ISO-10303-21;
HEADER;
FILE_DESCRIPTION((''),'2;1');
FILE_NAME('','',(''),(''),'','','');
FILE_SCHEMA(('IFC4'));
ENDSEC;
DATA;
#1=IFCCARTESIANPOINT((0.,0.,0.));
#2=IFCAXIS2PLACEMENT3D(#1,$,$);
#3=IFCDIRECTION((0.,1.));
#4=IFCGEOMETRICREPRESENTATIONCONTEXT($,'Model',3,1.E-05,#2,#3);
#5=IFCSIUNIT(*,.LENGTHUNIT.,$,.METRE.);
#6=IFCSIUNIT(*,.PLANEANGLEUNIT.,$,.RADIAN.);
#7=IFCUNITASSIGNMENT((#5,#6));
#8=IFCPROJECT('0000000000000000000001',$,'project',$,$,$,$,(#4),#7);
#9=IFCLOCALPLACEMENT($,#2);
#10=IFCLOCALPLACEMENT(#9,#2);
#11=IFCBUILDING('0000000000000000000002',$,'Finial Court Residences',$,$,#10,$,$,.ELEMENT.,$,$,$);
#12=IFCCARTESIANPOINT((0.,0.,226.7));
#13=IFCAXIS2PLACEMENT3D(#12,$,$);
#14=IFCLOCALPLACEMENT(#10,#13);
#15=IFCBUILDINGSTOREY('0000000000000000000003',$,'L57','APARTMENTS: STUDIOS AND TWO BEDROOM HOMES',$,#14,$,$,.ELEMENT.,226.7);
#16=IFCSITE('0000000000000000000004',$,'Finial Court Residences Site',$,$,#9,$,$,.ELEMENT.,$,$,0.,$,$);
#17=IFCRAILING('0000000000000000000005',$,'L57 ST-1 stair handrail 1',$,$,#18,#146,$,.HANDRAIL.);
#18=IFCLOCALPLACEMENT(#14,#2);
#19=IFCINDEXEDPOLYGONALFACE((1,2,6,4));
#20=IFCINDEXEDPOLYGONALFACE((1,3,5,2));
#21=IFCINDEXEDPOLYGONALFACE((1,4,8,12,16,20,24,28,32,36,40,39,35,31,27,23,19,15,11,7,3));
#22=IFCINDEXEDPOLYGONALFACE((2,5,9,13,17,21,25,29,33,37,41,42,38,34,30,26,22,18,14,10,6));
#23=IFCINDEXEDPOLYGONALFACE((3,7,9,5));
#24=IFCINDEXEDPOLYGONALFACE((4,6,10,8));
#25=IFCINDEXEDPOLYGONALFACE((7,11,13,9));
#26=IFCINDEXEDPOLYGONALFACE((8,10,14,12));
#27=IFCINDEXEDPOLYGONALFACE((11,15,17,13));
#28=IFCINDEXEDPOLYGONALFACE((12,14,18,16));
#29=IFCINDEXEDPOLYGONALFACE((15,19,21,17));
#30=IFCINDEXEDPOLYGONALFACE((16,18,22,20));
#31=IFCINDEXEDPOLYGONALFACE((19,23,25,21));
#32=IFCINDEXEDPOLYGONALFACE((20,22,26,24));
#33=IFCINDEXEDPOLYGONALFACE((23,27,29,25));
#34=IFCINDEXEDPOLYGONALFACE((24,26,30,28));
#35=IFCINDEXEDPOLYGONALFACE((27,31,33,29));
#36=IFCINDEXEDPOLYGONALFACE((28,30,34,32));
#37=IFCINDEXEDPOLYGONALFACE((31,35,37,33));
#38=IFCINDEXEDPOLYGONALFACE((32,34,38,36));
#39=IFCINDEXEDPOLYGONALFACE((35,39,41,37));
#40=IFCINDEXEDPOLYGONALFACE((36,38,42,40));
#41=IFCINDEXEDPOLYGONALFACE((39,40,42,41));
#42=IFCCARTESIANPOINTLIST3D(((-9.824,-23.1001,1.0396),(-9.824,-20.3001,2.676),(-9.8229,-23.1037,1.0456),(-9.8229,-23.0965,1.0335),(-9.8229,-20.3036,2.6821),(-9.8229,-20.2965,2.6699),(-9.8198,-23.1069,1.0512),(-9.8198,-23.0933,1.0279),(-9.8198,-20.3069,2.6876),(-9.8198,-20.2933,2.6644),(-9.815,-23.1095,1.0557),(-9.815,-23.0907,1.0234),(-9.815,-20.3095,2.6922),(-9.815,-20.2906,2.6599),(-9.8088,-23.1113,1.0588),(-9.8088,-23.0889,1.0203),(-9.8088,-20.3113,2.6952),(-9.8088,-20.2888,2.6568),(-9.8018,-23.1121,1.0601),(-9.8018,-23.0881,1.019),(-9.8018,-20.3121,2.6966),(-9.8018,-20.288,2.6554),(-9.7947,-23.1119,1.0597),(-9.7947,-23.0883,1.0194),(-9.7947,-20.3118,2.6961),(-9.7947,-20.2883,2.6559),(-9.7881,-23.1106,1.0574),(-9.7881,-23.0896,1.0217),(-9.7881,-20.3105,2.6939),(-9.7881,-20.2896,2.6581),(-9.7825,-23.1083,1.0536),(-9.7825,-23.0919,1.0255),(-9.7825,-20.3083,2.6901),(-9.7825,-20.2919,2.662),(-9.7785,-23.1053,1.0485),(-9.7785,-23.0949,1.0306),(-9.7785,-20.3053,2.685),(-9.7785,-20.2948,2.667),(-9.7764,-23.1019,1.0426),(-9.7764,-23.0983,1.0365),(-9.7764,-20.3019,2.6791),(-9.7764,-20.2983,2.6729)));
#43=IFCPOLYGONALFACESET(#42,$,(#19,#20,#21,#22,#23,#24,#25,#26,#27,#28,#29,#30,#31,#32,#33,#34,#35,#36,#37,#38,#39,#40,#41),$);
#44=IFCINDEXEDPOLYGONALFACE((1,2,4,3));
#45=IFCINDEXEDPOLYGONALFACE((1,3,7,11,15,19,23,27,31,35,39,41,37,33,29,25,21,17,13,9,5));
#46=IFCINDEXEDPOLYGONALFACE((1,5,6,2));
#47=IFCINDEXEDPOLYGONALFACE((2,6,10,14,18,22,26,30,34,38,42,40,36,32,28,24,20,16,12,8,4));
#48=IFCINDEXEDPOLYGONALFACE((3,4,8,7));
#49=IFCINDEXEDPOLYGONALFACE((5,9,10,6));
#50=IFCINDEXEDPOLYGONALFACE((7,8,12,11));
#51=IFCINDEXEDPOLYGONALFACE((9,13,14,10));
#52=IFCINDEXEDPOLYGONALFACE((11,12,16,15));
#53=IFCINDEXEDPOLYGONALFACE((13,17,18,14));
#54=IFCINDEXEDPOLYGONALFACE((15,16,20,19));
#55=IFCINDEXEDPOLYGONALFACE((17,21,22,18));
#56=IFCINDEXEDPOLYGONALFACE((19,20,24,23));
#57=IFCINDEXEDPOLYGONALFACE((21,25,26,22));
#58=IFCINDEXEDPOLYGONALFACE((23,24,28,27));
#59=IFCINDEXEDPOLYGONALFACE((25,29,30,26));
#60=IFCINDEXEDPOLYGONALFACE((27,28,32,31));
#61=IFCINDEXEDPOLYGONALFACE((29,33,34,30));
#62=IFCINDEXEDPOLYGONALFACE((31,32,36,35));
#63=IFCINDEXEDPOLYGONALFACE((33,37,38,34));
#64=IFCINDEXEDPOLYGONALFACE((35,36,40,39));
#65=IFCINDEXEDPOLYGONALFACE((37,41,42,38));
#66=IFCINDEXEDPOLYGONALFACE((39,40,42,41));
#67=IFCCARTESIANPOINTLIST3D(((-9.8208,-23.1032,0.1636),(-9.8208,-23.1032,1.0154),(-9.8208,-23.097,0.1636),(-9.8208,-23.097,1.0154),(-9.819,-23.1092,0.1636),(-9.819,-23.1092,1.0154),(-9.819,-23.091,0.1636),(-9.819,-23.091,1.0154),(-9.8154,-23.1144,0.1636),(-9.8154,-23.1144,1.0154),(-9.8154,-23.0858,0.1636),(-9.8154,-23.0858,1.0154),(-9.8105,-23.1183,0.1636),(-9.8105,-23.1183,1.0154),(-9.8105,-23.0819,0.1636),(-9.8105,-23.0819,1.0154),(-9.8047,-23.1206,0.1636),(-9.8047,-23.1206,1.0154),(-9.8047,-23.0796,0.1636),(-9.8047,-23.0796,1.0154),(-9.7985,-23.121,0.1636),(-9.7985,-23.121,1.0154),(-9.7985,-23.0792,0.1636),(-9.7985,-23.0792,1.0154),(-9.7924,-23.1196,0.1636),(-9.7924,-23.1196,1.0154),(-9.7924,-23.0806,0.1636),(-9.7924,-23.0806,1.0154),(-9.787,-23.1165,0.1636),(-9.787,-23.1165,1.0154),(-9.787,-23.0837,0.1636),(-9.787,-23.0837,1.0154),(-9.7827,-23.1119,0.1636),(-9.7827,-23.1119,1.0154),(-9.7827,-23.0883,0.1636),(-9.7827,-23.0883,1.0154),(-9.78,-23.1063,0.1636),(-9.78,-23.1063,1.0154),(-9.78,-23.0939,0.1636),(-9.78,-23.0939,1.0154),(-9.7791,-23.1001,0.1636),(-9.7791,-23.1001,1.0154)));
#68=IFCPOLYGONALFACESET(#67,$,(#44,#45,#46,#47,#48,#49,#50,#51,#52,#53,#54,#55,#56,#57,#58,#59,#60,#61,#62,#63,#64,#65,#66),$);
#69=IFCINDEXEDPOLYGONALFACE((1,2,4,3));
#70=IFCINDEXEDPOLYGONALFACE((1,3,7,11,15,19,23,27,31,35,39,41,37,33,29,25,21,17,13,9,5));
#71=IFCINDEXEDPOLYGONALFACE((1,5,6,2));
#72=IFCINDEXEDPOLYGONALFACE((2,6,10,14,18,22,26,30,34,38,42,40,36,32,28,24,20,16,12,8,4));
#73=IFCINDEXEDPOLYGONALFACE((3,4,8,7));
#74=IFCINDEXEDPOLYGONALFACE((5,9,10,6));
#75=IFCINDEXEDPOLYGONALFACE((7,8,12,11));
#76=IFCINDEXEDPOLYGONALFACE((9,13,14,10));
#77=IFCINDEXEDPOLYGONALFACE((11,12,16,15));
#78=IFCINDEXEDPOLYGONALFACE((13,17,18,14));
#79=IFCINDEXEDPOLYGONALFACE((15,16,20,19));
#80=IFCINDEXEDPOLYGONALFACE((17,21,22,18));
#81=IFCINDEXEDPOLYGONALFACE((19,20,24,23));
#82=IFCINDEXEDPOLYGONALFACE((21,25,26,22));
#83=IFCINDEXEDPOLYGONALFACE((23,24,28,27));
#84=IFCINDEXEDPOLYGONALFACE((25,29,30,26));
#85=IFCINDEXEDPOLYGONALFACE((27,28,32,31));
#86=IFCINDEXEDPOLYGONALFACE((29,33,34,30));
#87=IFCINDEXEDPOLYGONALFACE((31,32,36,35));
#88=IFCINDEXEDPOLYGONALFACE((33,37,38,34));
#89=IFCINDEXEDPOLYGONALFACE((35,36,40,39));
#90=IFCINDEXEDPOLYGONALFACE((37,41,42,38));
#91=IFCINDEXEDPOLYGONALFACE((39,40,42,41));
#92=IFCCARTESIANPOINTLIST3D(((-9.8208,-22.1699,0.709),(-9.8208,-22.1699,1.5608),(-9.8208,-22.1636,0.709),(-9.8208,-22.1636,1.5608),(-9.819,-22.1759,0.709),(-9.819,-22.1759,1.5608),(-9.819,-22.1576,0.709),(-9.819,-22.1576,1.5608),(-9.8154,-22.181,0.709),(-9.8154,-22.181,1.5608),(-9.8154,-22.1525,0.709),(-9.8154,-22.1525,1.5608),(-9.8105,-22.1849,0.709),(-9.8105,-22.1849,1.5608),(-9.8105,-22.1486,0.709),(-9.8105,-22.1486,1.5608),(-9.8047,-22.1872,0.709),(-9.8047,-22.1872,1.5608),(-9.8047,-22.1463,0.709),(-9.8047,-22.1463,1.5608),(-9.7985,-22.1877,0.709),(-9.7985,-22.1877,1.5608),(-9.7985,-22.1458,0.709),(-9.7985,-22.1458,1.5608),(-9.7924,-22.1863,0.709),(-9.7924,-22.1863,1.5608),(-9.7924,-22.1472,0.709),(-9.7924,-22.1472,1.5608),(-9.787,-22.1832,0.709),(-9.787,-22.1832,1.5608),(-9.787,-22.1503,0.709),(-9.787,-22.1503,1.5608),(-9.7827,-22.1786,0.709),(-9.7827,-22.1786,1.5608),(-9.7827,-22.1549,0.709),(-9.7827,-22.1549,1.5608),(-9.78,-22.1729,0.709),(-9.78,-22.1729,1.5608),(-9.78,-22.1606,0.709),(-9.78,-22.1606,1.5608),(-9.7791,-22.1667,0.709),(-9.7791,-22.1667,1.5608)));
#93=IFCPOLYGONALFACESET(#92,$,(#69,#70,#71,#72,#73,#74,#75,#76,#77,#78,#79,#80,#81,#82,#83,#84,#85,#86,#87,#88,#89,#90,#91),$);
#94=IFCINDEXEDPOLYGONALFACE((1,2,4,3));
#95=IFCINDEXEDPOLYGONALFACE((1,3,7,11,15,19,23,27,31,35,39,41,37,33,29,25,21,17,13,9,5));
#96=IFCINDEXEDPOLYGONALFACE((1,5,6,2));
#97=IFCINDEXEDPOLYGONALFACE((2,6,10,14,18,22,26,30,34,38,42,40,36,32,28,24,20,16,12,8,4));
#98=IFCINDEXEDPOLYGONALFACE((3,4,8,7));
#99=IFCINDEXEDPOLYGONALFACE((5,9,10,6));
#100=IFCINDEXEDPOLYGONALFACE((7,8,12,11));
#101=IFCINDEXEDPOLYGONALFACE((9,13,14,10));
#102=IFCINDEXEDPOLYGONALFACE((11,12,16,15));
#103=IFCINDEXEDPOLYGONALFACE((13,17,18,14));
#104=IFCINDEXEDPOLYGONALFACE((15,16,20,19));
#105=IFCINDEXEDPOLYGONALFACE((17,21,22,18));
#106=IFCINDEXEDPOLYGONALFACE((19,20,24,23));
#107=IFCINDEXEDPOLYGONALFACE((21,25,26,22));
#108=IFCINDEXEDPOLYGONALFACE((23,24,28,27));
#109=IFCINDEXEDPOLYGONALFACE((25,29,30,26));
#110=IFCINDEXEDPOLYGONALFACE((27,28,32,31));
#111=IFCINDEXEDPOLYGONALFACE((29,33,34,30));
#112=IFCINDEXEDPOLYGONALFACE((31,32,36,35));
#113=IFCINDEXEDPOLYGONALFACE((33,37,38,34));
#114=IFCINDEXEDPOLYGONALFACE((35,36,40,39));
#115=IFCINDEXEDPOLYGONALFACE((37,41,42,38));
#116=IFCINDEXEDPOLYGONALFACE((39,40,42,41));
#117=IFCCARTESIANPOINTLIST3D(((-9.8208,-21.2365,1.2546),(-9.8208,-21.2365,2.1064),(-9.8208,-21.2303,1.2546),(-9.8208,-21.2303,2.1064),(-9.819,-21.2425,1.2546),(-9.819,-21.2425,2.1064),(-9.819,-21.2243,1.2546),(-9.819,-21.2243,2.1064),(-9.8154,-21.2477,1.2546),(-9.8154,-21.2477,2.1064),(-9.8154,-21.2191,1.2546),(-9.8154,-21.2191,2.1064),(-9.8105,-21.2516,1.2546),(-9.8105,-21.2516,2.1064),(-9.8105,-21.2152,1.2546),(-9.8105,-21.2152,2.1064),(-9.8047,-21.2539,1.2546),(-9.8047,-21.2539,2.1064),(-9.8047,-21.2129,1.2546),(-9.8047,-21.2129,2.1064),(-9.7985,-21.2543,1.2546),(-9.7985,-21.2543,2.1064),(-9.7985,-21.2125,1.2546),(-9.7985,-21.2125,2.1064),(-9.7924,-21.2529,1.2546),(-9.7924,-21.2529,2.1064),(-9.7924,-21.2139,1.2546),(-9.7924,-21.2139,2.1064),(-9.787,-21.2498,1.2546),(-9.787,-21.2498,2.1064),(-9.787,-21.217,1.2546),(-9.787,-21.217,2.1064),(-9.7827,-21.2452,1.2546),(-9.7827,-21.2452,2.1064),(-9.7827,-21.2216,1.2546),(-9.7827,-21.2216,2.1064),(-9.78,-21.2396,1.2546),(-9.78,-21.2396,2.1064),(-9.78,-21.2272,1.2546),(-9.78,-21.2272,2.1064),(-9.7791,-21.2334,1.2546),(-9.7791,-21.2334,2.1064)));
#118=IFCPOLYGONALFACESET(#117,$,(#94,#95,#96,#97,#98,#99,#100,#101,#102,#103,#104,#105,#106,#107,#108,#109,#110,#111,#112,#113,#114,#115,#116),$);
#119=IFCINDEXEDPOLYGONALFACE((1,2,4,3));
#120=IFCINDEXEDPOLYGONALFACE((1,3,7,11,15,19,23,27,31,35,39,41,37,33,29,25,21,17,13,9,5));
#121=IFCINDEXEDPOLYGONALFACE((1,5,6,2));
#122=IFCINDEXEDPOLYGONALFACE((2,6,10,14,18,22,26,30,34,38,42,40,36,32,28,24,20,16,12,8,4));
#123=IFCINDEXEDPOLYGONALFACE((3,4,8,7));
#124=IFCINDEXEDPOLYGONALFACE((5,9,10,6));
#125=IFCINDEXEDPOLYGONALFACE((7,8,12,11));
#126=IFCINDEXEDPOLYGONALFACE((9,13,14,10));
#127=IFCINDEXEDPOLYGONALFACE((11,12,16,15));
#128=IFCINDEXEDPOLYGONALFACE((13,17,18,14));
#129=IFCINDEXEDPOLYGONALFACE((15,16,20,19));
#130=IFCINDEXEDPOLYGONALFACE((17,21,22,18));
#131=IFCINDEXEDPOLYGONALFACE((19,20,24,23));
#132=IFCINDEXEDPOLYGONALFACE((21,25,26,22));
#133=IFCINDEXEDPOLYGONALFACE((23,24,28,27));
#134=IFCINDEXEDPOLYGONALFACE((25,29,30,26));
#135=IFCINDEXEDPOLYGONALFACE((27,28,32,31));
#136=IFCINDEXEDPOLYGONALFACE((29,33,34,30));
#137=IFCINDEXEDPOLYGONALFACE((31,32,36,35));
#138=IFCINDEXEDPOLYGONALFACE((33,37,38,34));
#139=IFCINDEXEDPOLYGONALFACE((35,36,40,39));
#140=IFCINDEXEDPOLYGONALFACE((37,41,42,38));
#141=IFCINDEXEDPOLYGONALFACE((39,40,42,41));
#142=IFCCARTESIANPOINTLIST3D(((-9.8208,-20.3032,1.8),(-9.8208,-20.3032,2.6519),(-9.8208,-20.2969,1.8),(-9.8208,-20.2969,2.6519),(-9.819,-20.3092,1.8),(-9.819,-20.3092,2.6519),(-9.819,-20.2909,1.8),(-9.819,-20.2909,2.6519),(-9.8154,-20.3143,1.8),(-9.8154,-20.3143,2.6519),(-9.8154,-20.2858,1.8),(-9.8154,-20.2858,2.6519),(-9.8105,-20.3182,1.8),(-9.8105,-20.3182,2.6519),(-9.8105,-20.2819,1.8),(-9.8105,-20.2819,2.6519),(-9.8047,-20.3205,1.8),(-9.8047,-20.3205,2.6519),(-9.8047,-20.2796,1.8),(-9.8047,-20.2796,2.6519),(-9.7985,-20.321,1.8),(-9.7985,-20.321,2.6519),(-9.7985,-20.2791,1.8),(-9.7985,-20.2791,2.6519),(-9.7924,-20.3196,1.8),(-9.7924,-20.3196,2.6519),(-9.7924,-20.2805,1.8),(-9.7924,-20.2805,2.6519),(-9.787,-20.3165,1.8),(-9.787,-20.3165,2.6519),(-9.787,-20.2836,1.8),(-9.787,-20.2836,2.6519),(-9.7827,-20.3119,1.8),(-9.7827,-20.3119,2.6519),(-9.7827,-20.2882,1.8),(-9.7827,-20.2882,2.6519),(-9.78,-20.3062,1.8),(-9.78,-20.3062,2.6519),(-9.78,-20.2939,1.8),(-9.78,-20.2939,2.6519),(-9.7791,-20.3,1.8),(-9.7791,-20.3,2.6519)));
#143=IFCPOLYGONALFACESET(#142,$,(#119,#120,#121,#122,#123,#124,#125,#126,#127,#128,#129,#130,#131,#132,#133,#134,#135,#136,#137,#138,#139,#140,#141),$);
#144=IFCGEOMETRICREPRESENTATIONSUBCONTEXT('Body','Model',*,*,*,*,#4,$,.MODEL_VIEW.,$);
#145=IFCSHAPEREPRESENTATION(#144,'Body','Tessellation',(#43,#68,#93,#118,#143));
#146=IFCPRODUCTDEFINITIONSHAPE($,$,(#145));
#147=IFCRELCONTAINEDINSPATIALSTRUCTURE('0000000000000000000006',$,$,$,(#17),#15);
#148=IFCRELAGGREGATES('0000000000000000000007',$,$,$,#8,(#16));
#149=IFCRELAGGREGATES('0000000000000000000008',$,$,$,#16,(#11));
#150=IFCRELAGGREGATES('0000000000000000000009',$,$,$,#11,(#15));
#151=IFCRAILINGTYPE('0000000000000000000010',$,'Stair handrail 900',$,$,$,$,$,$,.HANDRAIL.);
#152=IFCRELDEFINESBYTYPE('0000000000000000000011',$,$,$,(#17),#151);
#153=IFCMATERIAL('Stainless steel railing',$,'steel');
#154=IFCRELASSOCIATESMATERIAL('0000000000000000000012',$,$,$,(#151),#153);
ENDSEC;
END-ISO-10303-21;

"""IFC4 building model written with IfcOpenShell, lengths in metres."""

from ifc_helpers import new_model, si_unit, direction, frame, origin, origin_2d, place, context, subcontext, project, spatial, circle, extrude, material, type_object, element, save


model = new_model("IFC4")

# Units and contexts
model_context = context("Model", 3, precision=1e-05, world=origin(), true_north=direction((0.0, 1.0)))
body_context = subcontext(model_context, "Body", "Model", "MODEL_VIEW")
ifc_project = project(units=[si_unit("LENGTHUNIT", "METRE"), si_unit("PLANEANGLEUNIT", "RADIAN")], contexts=[model_context])

# Site, building, storey
site_placement = place(None, origin())
site = spatial("IfcSite", under=ifc_project, at=site_placement, Name="Finial Court Residences Site", CompositionType="ELEMENT", RefElevation=0.0)
building_placement = place(site_placement, origin())
building = spatial("IfcBuilding", under=site, at=building_placement, Name="Finial Court Residences", CompositionType="ELEMENT")
storey_placement = place(building_placement, frame((0.0, 0.0, 226.7)))
storey = spatial("IfcBuildingStorey", under=building, at=storey_placement, Name="L57", Description="APARTMENTS: STUDIOS AND TWO BEDROOM HOMES", CompositionType="ELEMENT", Elevation=226.7)

# Railing
ifc_material_1 = material(Name="Stainless steel railing", Category="steel")
railing_type_1 = type_object("IfcRailingType", Name="Stair handrail 900", PredefinedType="HANDRAIL", material=ifc_material_1)
railing_1_placement = place(storey_placement, frame((-9.8, -23.1001, 0.1636)))
element("IfcRailing", 1, at=railing_1_placement, inside=storey, type_object=railing_type_1, Name="L57 ST-1 stair handrail 1", PredefinedType="HANDRAIL", context=body_context, shape_type="SweptSolid", body=[
    extrude(circle(Radius=0.0239, at=origin_2d()), frame((0.0, 0.0, 0.876), z_axis=(0.0, 0.863361, 0.504587), x_axis=(-1.0, 0.0, 0.0)), (0.0, 0.0, 1.0), 3.2432),
    extrude(circle(Radius=0.021, at=origin_2d()), origin(), (0.0, 0.0, 1.0), 0.8518),
    extrude(circle(Radius=0.021, at=origin_2d()), frame((0.0, 0.9333, 0.5454)), (0.0, 0.0, 1.0), 0.8518),
    extrude(circle(Radius=0.021, at=origin_2d()), frame((0.0, 1.8667, 1.0911)), (0.0, 0.0, 1.0), 0.8518),
    extrude(circle(Radius=0.021, at=origin_2d()), frame((0.0, 2.8, 1.6365)), (0.0, 0.0, 1.0), 0.8518),
])

save(model, "model.ifc")
